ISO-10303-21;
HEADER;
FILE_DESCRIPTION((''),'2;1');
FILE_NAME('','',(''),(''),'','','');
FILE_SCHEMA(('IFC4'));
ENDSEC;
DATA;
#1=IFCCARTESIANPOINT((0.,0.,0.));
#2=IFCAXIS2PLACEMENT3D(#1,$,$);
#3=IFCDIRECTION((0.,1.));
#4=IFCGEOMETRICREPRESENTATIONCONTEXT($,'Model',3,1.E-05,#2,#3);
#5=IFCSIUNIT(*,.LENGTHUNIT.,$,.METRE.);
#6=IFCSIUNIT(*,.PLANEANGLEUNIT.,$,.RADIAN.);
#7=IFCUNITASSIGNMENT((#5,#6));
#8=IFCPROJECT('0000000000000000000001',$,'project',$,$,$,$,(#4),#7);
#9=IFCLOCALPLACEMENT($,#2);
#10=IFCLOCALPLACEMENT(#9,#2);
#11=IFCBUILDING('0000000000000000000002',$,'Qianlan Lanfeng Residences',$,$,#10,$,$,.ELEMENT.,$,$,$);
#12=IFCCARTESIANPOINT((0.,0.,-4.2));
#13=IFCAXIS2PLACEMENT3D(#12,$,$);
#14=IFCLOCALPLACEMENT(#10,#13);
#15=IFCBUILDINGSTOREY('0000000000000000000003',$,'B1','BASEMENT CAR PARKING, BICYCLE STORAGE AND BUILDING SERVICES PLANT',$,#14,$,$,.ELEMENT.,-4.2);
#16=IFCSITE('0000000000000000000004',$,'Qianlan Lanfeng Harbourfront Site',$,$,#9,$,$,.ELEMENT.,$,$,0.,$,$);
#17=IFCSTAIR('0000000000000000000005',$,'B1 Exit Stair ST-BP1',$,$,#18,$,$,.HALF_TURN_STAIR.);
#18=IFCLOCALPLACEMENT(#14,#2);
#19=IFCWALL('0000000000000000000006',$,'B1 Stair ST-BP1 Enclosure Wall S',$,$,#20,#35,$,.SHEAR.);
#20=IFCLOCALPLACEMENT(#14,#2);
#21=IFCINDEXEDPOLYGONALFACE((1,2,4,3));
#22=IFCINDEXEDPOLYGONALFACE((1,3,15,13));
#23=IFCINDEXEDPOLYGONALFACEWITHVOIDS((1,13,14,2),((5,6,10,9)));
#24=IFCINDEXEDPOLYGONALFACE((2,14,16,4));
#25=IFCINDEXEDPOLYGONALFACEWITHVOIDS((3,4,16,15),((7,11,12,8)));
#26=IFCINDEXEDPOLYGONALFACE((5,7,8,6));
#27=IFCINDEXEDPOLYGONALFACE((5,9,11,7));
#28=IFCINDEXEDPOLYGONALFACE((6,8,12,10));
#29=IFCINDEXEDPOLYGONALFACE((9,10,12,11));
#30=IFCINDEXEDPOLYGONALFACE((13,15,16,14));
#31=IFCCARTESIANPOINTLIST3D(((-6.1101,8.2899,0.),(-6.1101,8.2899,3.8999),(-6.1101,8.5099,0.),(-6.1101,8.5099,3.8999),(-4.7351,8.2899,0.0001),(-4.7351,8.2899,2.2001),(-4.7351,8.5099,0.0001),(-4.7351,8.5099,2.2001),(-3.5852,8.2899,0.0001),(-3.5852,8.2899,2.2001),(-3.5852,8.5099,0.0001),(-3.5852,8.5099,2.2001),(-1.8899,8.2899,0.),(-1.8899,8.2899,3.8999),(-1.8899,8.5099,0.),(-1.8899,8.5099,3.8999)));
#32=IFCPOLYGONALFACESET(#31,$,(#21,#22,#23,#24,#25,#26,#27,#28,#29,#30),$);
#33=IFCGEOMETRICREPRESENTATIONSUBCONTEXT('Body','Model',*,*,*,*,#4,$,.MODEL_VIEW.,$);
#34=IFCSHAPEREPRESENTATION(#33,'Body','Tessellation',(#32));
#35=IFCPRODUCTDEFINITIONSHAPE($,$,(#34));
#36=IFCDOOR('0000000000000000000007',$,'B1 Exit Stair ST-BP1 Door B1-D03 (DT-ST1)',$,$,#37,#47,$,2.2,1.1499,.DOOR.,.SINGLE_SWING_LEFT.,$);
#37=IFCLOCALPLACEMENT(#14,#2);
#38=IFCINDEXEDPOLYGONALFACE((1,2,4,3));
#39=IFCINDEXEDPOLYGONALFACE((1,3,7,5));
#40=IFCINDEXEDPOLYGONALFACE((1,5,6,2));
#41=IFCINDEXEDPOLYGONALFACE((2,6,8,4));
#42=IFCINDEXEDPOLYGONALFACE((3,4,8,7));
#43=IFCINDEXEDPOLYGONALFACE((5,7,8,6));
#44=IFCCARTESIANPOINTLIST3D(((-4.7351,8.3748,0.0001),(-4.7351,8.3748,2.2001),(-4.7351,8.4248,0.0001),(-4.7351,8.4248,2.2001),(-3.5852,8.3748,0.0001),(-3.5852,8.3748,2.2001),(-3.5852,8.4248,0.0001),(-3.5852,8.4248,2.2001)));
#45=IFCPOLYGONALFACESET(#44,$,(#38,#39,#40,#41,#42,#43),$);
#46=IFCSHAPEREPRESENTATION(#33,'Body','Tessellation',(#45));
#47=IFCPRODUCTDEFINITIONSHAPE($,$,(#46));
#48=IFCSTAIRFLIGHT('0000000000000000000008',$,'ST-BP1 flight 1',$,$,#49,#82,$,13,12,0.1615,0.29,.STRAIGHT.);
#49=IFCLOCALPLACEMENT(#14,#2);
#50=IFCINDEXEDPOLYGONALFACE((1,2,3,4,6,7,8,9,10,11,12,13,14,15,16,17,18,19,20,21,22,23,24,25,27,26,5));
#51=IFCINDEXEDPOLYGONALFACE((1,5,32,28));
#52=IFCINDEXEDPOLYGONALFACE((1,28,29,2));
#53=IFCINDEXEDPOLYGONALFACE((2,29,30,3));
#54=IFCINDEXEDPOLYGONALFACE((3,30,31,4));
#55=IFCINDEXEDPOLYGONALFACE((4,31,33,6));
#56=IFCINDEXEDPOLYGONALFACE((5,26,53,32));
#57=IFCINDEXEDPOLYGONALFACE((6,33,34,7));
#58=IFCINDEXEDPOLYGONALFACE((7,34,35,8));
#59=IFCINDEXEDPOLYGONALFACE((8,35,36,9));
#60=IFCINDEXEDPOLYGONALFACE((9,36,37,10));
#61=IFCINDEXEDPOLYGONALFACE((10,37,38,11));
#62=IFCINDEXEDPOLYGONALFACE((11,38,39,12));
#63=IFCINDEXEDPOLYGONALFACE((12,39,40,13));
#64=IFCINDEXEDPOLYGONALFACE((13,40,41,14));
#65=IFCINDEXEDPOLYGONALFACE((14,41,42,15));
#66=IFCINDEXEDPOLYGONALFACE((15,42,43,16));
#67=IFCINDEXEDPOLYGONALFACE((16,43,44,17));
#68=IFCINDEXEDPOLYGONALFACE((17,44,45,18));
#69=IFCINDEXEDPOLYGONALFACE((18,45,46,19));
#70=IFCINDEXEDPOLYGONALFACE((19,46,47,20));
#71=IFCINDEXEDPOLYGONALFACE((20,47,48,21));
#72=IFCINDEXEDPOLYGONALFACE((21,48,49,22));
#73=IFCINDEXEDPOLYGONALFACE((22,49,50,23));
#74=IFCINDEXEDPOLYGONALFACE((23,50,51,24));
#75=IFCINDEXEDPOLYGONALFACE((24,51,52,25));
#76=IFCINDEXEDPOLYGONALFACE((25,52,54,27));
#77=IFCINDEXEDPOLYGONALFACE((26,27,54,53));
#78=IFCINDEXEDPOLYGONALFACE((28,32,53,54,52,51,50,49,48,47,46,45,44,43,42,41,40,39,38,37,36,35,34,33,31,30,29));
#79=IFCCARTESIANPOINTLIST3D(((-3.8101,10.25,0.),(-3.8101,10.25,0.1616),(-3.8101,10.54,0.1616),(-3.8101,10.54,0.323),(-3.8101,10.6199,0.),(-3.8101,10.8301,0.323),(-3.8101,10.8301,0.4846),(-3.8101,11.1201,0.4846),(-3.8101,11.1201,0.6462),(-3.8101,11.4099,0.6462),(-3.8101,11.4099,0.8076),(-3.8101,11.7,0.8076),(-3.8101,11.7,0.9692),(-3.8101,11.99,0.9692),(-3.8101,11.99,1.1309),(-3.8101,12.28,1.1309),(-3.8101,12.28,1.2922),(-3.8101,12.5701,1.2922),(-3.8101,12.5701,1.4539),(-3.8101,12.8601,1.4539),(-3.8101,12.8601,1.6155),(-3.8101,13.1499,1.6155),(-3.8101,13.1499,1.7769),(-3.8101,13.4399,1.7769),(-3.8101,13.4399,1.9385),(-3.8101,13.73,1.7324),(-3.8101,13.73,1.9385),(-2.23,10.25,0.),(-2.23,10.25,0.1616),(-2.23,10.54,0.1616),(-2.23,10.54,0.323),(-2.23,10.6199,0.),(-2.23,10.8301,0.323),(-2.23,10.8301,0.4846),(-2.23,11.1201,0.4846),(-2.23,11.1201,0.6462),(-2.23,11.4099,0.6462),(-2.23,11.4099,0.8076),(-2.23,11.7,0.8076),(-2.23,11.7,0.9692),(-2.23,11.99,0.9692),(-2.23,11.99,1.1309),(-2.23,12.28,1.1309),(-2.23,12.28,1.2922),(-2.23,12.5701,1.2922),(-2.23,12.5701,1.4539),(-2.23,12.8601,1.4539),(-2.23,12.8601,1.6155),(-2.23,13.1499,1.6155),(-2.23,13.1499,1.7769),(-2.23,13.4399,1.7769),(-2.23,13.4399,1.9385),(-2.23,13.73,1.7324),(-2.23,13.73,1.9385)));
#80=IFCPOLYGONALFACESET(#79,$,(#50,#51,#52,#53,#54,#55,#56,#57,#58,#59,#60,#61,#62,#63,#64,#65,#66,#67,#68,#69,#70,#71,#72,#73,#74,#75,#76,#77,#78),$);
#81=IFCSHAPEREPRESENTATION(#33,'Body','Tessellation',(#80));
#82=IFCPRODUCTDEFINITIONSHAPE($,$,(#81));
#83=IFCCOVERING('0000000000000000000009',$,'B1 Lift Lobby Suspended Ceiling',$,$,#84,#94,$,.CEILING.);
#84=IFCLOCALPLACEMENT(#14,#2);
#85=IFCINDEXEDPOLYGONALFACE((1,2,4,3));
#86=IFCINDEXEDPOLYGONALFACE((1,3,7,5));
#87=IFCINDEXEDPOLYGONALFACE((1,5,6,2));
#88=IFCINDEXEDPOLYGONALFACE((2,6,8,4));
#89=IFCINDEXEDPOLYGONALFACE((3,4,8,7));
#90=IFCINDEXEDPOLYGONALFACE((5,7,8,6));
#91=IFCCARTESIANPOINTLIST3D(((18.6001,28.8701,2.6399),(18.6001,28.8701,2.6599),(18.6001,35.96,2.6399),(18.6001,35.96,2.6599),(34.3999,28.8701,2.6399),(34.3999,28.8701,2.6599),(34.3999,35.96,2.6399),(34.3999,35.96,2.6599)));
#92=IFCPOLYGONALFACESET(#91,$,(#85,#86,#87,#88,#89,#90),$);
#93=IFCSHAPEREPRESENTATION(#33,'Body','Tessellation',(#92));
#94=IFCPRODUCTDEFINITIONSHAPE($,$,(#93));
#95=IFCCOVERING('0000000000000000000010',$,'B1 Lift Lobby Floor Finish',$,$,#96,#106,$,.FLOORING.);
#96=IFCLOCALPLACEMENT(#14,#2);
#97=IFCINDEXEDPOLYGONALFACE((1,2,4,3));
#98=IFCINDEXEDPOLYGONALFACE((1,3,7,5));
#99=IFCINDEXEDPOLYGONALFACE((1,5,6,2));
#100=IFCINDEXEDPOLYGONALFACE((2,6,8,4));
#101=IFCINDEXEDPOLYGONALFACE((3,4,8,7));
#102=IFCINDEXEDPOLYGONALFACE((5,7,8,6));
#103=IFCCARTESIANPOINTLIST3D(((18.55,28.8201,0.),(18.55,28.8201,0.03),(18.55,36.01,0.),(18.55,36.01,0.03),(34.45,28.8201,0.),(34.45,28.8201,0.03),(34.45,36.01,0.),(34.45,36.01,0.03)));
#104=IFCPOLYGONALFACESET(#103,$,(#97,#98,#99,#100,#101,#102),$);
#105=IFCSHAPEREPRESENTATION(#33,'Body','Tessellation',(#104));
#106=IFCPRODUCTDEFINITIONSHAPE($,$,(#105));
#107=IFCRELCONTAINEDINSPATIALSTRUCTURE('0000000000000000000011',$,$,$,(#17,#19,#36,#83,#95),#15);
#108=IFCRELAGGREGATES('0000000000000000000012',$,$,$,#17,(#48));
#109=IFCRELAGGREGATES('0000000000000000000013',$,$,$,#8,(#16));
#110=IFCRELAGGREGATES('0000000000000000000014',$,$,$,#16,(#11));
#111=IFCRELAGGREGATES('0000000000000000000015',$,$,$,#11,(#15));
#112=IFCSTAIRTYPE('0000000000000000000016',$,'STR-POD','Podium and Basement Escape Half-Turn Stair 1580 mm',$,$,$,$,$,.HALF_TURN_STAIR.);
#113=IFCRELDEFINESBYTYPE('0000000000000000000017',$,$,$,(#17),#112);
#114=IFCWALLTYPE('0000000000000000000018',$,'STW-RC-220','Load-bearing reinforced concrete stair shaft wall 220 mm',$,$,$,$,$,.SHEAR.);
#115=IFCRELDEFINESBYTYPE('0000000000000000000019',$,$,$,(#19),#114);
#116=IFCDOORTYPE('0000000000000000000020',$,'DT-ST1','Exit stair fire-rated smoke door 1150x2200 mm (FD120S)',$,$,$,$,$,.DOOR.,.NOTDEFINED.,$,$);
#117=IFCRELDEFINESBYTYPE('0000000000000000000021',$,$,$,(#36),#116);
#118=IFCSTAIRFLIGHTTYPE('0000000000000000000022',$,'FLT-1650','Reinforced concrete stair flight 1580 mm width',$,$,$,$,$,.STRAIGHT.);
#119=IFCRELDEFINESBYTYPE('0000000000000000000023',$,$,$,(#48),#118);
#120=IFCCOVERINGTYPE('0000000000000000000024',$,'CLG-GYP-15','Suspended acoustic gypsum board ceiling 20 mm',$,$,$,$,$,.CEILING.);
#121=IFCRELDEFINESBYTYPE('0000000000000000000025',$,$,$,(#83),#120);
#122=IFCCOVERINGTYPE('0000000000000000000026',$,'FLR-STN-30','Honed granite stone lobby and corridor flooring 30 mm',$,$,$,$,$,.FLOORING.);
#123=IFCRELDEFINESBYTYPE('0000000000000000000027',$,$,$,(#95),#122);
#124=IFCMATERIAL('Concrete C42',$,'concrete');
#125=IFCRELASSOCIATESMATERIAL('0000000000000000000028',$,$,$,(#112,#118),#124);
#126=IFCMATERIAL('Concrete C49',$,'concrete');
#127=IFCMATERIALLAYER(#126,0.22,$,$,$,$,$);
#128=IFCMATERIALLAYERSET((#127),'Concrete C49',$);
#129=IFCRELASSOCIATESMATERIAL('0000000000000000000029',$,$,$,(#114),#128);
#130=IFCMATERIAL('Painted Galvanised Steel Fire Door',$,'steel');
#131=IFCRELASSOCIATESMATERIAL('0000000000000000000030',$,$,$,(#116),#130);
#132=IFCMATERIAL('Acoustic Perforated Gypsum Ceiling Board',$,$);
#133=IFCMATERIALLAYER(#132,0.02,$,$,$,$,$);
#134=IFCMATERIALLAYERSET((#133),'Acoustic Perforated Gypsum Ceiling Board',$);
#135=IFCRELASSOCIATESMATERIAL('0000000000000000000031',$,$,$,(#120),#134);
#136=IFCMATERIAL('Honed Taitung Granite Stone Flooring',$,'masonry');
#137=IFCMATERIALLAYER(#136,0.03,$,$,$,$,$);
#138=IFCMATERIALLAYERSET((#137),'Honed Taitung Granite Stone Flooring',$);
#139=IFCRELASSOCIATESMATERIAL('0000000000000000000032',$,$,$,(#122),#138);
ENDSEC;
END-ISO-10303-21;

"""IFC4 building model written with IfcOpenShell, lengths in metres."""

from ifc_helpers import new_model, si_unit, direction, frame, frame_2d, origin, place, context, subcontext, project, spatial, polyline, rectangle, outline, extrude, material, layer, layer_set, type_object, element, fill, aggregate, save


model = new_model("IFC4")

# Units and contexts
model_context = context("Model", 3, precision=1e-05, world=origin(), true_north=direction((0.0, 1.0)))
body_context = subcontext(model_context, "Body", "Model", "MODEL_VIEW")
ifc_project = project(units=[si_unit("LENGTHUNIT", "METRE"), si_unit("PLANEANGLEUNIT", "RADIAN")], contexts=[model_context])

# Site, building, storey
site_placement = place(None, origin())
site = spatial("IfcSite", under=ifc_project, at=site_placement, Name="Qianlan Lanfeng Harbourfront Site", CompositionType="ELEMENT", RefElevation=0.0)
building_placement = place(site_placement, origin())
building = spatial("IfcBuilding", under=site, at=building_placement, Name="Qianlan Lanfeng Residences", CompositionType="ELEMENT")
storey_placement = place(building_placement, frame((0.0, 0.0, -4.2)))
storey = spatial("IfcBuildingStorey", under=building, at=storey_placement, Name="B1", Description="BASEMENT CAR PARKING, BICYCLE STORAGE AND BUILDING SERVICES PLANT", CompositionType="ELEMENT", Elevation=-4.2)

# Stair
ifc_material_1 = material(Name="Concrete C42", Category="concrete")
stair_type = type_object("IfcStairType", Name="STR-POD", Description="Podium and Basement Escape Half-Turn Stair 1580 mm", PredefinedType="HALF_TURN_STAIR", material=ifc_material_1)
stair_1_placement = place(storey_placement, origin())
stair_1 = element("IfcStair", 1, at=stair_1_placement, inside=storey, type_object=stair_type, Name="B1 Exit Stair ST-BP1", PredefinedType="HALF_TURN_STAIR")

# Shared definitions
ifc_material_2 = material(Name="Concrete C49", Category="concrete")
ifc_layer_1 = layer(ifc_material_2, 0.22)
ifc_layer_set_1 = layer_set([ifc_layer_1], Name="Concrete C49")
wall_type = type_object("IfcWallType", Name="STW-RC-220", Description="Load-bearing reinforced concrete stair shaft wall 220 mm", PredefinedType="SHEAR", material=ifc_layer_set_1)

# Wall, opening, door
wall_placement = place(storey_placement, frame((-6.1101, 8.3999, 0.0), z_axis=(0.0, 0.0, 1.0), x_axis=(1.0, 0.0, 0.0)))
wall = element("IfcWall", 2, at=wall_placement, inside=storey, type_object=wall_type, Name="B1 Stair ST-BP1 Enclosure Wall S", PredefinedType="SHEAR", context=body_context, shape_type="SweptSolid", body=[
    extrude(rectangle(XDim=4.2202, YDim=0.22, at=frame_2d((2.1101, 0.0))), origin(), (0.0, 0.0, 1.0), 3.8999),
])
opening_placement = place(wall_placement, frame((1.375, 0.0, 0.0)))
opening = element("IfcOpeningElement", 3, at=opening_placement, cuts=wall, PredefinedType="OPENING", context=body_context, shape_type="SweptSolid", body=[
    extrude(rectangle(XDim=1.1499, YDim=2.2, at=frame_2d((0.575, 1.1001))), frame((0.0, 0.1201, 0.0), z_axis=(0.0, -1.0, 0.0), x_axis=(1.0, 0.0, 0.0)), (0.0, 0.0, 1.0), 0.24),
])
ifc_material_3 = material(Name="Painted Galvanised Steel Fire Door", Category="steel")
door_type = type_object("IfcDoorType", Name="DT-ST1", Description="Exit stair fire-rated smoke door 1150x2200 mm (FD120S)", OperationType="NOTDEFINED", PredefinedType="DOOR", material=ifc_material_3)
door_placement = place(opening_placement, origin())
door = element("IfcDoor", 4, at=door_placement, inside=storey, type_object=door_type, Name="B1 Exit Stair ST-BP1 Door B1-D03 (DT-ST1)", OperationType="SINGLE_SWING_LEFT", OverallHeight=2.2, OverallWidth=1.1499, PredefinedType="DOOR", context=body_context, shape_type="SweptSolid", body=[
    extrude(rectangle(XDim=1.1499, YDim=2.2, at=frame_2d((0.575, 1.1001))), frame((0.0, 0.0249, 0.0), z_axis=(0.0, -1.0, 0.0), x_axis=(1.0, 0.0, 0.0)), (0.0, 0.0, 1.0), 0.05),
])
fill(opening, door)

# Stair flight
stair_flight_type = type_object("IfcStairFlightType", Name="FLT-1650", Description="Reinforced concrete stair flight 1580 mm width", PredefinedType="STRAIGHT", material=ifc_material_1)
stair_flight_placement = place(storey_placement, frame((-3.02, 10.25, 0.0), z_axis=(0.0, 0.0, 1.0), x_axis=(0.0, 1.0, 0.0)))
stair_flight = element("IfcStairFlight", 5, at=stair_flight_placement, type_object=stair_flight_type, Name="ST-BP1 flight 1", NumberOfRisers=13, NumberOfTreads=12, PredefinedType="STRAIGHT", RiserHeight=0.1615, TreadLength=0.29, context=body_context, shape_type="SweptSolid", body=[
    extrude(outline(polyline([(0.0, 0.0), (0.0, 0.1616), (0.29, 0.1616), (0.29, 0.323), (0.5801, 0.323), (0.5801, 0.4846), (0.8701, 0.4846), (0.8701, 0.6462), (1.1599, 0.6462), (1.1599, 0.8076), (1.45, 0.8076), (1.45, 0.9692), (1.74, 0.9692), (1.74, 1.1309), (2.03, 1.1309), (2.03, 1.2922), (2.3201, 1.2922), (2.3201, 1.4539), (2.6101, 1.4539), (2.6101, 1.6155), (2.8999, 1.6155), (2.8999, 1.7769), (3.1899, 1.7769), (3.1899, 1.9385), (3.48, 1.9385), (3.48, 2.1001), (3.48, 1.7324), (0.3699, 0.0), (0.0, 0.0)])), frame((0.0, 0.79, 0.0), z_axis=(0.0, -1.0, 0.0), x_axis=(1.0, 0.0, 0.0)), (0.0, 0.0, 1.0), 1.5801),
])
aggregate(stair_1, [stair_flight])

# Coverings
ifc_material_4 = material(Name="Acoustic Perforated Gypsum Ceiling Board")
ifc_layer_2 = layer(ifc_material_4, 0.02)
ifc_layer_set_2 = layer_set([ifc_layer_2], Name="Acoustic Perforated Gypsum Ceiling Board")
covering_type_1 = type_object("IfcCoveringType", Name="CLG-GYP-15", Description="Suspended acoustic gypsum board ceiling 20 mm", PredefinedType="CEILING", material=ifc_layer_set_2)
covering_1_placement = place(storey_placement, frame((0.0, 0.0, 2.6399)))
element("IfcCovering", 6, at=covering_1_placement, inside=storey, type_object=covering_type_1, Name="B1 Lift Lobby Suspended Ceiling", PredefinedType="CEILING", context=body_context, shape_type="SweptSolid", body=[
    extrude(outline(polyline([(18.6001, 28.8701), (34.3999, 28.8701), (34.3999, 35.96), (18.6001, 35.96), (18.6001, 28.8701)])), origin(), (0.0, 0.0, 1.0), 0.02),
])
ifc_material_5 = material(Name="Honed Taitung Granite Stone Flooring", Category="masonry")
ifc_layer_3 = layer(ifc_material_5, 0.03)
ifc_layer_set_3 = layer_set([ifc_layer_3], Name="Honed Taitung Granite Stone Flooring")
covering_type_2 = type_object("IfcCoveringType", Name="FLR-STN-30", Description="Honed granite stone lobby and corridor flooring 30 mm", PredefinedType="FLOORING", material=ifc_layer_set_3)
covering_2_placement = place(storey_placement, origin())
element("IfcCovering", 7, at=covering_2_placement, inside=storey, type_object=covering_type_2, Name="B1 Lift Lobby Floor Finish", PredefinedType="FLOORING", context=body_context, shape_type="SweptSolid", body=[
    extrude(outline(polyline([(18.55, 28.8201), (34.45, 28.8201), (34.45, 36.01), (18.55, 36.01), (18.55, 28.8201)])), origin(), (0.0, 0.0, 1.0), 0.03),
])

save(model, "model.ifc")
